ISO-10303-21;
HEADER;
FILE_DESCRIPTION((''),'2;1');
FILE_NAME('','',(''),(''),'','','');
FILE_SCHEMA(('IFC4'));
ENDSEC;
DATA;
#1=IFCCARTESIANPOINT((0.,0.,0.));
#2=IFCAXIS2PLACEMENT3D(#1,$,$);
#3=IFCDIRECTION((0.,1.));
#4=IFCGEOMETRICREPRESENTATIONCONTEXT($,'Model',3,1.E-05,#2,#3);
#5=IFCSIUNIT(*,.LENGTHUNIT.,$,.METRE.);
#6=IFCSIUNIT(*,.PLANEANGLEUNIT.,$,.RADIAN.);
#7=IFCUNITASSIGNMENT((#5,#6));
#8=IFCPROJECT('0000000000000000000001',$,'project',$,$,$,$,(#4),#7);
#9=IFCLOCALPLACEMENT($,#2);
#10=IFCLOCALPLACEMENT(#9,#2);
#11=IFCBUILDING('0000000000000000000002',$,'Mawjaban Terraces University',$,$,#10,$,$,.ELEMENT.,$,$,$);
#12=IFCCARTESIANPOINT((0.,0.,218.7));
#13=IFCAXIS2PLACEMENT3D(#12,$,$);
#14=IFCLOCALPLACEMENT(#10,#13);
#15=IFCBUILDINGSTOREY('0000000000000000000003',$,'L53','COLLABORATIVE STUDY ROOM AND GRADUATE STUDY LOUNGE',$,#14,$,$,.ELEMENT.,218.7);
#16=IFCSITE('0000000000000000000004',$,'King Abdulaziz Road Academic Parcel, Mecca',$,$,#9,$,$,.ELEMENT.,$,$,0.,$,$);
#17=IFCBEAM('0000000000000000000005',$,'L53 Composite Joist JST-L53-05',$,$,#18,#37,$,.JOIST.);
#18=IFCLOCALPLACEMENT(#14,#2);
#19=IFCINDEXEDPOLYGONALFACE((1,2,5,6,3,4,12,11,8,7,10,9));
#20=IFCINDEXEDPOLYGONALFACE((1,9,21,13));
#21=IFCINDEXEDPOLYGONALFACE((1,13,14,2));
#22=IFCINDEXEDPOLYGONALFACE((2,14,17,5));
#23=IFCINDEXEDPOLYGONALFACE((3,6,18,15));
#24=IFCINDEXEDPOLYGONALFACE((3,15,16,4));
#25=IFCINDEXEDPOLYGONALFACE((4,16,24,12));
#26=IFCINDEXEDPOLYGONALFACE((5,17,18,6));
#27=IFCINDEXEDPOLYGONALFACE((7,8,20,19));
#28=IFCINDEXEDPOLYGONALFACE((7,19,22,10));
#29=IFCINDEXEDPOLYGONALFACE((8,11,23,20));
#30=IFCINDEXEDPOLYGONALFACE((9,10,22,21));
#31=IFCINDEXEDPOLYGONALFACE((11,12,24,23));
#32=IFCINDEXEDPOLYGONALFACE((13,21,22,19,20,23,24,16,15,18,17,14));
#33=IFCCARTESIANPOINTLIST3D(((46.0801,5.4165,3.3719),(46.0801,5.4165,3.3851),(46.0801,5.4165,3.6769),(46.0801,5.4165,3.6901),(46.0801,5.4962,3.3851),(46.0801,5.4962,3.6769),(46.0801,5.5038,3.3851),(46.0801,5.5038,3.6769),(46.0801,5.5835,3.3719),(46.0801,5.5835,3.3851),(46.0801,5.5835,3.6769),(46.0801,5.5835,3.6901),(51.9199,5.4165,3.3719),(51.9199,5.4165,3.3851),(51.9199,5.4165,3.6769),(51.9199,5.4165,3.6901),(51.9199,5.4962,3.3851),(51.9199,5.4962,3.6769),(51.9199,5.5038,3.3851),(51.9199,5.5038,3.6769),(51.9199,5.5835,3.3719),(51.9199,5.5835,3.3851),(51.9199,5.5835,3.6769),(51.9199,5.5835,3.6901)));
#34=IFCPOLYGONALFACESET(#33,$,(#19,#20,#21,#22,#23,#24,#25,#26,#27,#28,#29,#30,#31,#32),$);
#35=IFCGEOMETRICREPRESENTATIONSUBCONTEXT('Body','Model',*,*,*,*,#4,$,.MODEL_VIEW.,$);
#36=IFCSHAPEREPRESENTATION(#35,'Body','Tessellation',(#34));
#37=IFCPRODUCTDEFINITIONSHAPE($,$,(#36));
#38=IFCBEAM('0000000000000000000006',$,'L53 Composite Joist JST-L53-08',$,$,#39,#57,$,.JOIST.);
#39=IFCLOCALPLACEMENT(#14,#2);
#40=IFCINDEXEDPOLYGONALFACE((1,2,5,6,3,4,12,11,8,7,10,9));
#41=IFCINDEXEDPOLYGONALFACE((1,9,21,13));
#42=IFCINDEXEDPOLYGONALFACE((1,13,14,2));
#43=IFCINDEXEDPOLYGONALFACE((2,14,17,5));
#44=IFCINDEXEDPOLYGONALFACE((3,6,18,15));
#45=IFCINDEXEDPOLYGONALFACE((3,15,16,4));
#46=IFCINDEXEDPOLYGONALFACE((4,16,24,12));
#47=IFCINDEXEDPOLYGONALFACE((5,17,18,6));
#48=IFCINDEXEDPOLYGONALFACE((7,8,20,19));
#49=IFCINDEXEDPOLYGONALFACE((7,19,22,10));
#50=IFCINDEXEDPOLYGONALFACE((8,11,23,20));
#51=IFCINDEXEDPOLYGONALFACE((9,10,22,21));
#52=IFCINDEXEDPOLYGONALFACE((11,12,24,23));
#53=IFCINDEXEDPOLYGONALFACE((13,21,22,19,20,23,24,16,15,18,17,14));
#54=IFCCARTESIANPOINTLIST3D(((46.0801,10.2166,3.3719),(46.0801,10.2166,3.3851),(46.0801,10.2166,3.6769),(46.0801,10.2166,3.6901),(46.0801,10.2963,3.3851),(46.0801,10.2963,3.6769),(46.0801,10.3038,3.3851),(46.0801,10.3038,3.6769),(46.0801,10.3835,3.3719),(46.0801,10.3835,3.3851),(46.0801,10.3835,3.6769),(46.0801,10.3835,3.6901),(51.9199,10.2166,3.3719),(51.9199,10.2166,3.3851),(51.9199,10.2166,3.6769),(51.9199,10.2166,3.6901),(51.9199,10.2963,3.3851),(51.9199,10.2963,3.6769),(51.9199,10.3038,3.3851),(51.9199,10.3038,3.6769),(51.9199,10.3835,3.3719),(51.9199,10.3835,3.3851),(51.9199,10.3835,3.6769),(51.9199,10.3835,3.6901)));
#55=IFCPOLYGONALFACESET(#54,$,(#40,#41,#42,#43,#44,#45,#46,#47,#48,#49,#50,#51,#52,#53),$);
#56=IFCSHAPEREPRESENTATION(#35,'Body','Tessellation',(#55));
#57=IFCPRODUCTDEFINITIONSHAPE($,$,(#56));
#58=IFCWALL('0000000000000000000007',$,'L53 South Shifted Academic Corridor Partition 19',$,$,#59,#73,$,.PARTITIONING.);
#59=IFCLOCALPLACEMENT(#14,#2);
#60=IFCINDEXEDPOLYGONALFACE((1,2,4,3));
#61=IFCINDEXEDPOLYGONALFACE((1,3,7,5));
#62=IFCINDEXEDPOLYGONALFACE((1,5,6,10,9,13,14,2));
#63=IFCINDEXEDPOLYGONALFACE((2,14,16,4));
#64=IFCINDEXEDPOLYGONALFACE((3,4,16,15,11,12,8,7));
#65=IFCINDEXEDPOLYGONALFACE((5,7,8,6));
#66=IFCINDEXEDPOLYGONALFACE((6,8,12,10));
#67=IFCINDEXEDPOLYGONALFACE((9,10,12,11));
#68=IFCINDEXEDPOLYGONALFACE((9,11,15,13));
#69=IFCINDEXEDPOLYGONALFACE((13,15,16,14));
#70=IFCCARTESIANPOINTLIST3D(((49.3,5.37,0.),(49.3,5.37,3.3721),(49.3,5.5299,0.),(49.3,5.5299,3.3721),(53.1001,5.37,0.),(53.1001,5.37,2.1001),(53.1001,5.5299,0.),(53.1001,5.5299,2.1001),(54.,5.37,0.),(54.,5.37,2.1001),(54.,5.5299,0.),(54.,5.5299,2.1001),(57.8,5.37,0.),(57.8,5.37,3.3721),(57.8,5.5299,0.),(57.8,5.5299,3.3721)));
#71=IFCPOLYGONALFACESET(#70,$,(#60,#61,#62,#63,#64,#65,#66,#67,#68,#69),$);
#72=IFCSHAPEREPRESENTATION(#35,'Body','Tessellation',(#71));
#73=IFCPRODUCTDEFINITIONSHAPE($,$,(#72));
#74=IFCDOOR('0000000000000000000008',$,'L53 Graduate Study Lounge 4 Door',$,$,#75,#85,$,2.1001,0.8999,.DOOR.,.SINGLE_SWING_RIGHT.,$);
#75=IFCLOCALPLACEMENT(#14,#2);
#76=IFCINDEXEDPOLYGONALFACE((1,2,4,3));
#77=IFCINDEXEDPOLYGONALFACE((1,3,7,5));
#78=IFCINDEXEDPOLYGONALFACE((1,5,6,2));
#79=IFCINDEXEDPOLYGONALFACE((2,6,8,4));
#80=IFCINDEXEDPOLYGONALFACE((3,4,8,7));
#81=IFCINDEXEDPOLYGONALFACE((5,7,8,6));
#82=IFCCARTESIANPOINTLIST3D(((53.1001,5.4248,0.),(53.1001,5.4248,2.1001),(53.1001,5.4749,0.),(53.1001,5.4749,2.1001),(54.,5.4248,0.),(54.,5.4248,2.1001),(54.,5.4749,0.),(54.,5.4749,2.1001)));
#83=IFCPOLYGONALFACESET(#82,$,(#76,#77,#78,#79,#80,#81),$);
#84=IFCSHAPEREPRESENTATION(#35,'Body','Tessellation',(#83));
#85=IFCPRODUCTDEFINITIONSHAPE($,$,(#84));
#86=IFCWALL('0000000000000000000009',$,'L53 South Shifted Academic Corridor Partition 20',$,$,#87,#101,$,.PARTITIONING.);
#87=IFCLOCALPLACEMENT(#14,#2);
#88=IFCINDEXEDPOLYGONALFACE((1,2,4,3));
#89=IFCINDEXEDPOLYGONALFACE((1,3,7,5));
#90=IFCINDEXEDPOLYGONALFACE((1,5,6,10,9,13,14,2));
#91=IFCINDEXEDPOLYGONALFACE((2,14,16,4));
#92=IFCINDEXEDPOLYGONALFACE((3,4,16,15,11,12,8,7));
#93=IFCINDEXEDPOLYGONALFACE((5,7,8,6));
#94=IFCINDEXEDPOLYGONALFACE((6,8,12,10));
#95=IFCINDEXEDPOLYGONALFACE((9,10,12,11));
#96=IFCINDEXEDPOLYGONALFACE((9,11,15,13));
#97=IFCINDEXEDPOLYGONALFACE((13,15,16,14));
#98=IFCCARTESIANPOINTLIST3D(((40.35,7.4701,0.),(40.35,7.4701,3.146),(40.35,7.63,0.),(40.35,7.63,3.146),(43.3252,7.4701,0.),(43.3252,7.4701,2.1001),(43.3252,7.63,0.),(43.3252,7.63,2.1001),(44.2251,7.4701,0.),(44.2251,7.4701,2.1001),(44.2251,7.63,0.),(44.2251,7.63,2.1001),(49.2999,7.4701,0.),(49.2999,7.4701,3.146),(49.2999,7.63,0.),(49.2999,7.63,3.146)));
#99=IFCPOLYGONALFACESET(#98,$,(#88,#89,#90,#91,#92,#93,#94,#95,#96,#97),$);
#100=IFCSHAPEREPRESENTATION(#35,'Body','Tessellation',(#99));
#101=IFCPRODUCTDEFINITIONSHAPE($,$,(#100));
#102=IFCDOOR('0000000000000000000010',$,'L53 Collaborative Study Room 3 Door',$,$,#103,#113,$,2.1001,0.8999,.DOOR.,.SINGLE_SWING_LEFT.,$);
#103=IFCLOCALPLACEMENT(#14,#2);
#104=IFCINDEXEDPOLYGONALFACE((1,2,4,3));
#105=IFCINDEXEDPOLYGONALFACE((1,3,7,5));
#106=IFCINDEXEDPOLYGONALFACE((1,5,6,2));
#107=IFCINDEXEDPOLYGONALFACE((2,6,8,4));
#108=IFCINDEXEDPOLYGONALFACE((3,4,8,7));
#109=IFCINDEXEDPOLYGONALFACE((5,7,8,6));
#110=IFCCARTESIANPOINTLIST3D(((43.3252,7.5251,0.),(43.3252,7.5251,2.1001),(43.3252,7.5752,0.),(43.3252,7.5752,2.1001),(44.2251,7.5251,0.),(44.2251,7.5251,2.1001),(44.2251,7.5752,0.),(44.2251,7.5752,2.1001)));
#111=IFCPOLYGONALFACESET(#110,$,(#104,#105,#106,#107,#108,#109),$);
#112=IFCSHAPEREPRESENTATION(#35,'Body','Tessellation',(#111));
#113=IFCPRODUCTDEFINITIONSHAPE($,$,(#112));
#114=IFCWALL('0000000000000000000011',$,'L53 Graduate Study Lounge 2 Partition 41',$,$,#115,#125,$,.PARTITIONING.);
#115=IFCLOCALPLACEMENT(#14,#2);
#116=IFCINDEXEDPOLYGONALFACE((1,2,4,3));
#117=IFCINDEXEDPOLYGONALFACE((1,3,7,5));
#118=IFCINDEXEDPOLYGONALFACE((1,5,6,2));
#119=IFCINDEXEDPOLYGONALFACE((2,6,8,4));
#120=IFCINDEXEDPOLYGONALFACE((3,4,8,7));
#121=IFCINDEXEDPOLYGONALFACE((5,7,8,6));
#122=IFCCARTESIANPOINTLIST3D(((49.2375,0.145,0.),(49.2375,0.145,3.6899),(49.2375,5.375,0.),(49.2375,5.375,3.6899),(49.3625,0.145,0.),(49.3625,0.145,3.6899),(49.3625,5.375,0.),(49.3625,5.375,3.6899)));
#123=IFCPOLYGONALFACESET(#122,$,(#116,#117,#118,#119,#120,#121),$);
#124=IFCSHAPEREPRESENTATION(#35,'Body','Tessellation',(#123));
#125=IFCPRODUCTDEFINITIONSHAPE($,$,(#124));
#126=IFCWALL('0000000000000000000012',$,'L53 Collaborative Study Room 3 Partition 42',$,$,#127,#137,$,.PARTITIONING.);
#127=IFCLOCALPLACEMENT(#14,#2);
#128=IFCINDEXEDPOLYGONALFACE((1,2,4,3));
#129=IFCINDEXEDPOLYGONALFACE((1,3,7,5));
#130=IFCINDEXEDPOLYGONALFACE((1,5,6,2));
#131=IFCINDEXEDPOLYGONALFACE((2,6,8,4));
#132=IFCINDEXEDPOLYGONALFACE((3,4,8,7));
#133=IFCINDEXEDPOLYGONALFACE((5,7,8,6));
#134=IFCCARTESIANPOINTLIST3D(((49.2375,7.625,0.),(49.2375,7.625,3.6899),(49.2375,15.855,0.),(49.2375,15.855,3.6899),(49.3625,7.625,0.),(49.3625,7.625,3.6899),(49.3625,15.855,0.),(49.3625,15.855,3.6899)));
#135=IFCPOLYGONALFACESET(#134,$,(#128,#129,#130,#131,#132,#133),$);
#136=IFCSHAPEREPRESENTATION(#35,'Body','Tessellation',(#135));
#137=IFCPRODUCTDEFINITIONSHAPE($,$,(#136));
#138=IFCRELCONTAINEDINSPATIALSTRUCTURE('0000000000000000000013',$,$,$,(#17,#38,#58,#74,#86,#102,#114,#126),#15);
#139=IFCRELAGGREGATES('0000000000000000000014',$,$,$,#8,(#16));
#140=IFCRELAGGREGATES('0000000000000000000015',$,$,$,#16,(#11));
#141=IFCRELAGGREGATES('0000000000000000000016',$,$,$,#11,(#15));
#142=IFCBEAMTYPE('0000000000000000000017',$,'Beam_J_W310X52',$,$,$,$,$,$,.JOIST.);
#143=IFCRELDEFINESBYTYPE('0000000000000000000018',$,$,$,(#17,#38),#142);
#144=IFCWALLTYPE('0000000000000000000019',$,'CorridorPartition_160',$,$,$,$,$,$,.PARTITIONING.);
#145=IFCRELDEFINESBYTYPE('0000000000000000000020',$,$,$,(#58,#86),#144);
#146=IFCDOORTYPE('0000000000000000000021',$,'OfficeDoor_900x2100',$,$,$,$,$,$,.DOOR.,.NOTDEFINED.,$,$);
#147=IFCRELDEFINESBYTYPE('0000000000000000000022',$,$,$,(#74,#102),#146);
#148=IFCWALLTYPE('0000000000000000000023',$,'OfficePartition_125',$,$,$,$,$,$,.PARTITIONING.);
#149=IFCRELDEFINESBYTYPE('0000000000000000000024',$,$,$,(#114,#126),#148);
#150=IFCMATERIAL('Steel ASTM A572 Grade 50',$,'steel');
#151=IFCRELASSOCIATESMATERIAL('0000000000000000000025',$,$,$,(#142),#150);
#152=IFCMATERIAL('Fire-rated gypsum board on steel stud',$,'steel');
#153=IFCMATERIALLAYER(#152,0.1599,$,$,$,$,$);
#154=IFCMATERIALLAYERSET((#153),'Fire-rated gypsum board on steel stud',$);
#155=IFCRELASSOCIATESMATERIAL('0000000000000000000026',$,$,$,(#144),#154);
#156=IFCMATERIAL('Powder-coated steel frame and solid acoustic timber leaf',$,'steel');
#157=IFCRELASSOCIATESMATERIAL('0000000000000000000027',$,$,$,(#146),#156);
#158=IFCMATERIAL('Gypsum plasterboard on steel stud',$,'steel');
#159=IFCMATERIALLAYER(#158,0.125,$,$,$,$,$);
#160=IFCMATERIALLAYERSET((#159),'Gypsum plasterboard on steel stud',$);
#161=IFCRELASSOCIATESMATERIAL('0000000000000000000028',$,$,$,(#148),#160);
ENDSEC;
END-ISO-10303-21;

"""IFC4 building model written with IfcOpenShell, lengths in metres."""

from ifc_helpers import new_model, si_unit, direction, frame, frame_2d, origin, origin_2d, place, context, subcontext, project, spatial, rectangle, i_section, extrude, material, layer, layer_set, material_profile, profile_set, type_object, element, fill, save


model = new_model("IFC4")

# Units and contexts
model_context = context("Model", 3, precision=1e-05, world=origin(), true_north=direction((0.0, 1.0)))
body_context = subcontext(model_context, "Body", "Model", "MODEL_VIEW")
ifc_project = project(units=[si_unit("LENGTHUNIT", "METRE"), si_unit("PLANEANGLEUNIT", "RADIAN")], contexts=[model_context])

# Site, building, storey
site_placement = place(None, origin())
site = spatial("IfcSite", under=ifc_project, at=site_placement, Name="King Abdulaziz Road Academic Parcel, Mecca", CompositionType="ELEMENT", RefElevation=0.0)
building_placement = place(site_placement, origin())
building = spatial("IfcBuilding", under=site, at=building_placement, Name="Mawjaban Terraces University", CompositionType="ELEMENT")
storey_placement = place(building_placement, frame((0.0, 0.0, 218.7)))
storey = spatial("IfcBuildingStorey", under=building, at=storey_placement, Name="L53", Description="COLLABORATIVE STUDY ROOM AND GRADUATE STUDY LOUNGE", CompositionType="ELEMENT", Elevation=218.7)

# Beams
ifc_material_1 = material(Name="Steel ASTM A572 Grade 50", Category="steel")
ifc_material_profile_1 = material_profile(ifc_material_1, i_section(OverallWidth=0.167, OverallDepth=0.3181, WebThickness=0.0076, FlangeThickness=0.0132, at=origin_2d()), Name="W310X52")
ifc_profile_set_1 = profile_set([ifc_material_profile_1], Name="Steel ASTM A572 Grade 50")
beam_type_1 = type_object("IfcBeamType", Name="Beam_J_W310X52", PredefinedType="JOIST", material=ifc_profile_set_1)
for number, where, z_axis, x_axis, name in (
    (1, (46.0801, 5.5, 3.531), (1.0, 0.0, 0.0), (0.0, 1.0, 0.0), "L53 Composite Joist JST-L53-05"),
    (2, (46.0801, 10.3, 3.531), (1.0, 0.0, 0.0), (0.0, 1.0, 0.0), "L53 Composite Joist JST-L53-08"),
):
    element("IfcBeam", number, at=place(storey_placement, frame(where, z_axis=z_axis, x_axis=x_axis)), inside=storey, type_object=beam_type_1, Name=name, PredefinedType="JOIST", context=body_context, shape_type="SweptSolid", body=[
        extrude(i_section(OverallWidth=0.167, OverallDepth=0.3181, WebThickness=0.0076, FlangeThickness=0.0132, at=origin_2d()), origin(), (0.0, 0.0, 1.0), 5.8398),
    ])

# Walls, openings, doors
ifc_material_2 = material(Name="Fire-rated gypsum board on steel stud", Category="steel")
ifc_layer_1 = layer(ifc_material_2, 0.1599)
ifc_layer_set_1 = layer_set([ifc_layer_1], Name="Fire-rated gypsum board on steel stud")
wall_type_1 = type_object("IfcWallType", Name="CorridorPartition_160", PredefinedType="PARTITIONING", material=ifc_layer_set_1)
wall_1_placement = place(storey_placement, frame((49.3, 5.45, 0.0), z_axis=(0.0, 0.0, 1.0), x_axis=(1.0, 0.0, 0.0)))
wall_1 = element("IfcWall", 3, at=wall_1_placement, inside=storey, type_object=wall_type_1, Name="L53 South Shifted Academic Corridor Partition 19", PredefinedType="PARTITIONING", context=body_context, shape_type="SweptSolid", body=[
    extrude(rectangle(XDim=8.5, YDim=0.1599, at=frame_2d((4.25, 0.0))), origin(), (0.0, 0.0, 1.0), 3.3721),
])
opening_1_placement = place(wall_1_placement, frame((3.8, 0.0, 0.0)))
opening_1 = element("IfcOpeningElement", 4, at=opening_1_placement, cuts=wall_1, PredefinedType="OPENING", context=body_context, shape_type="SweptSolid", body=[
    extrude(rectangle(XDim=0.8999, YDim=2.1001, at=frame_2d((0.45, 1.05))), frame((0.0, 0.0898, 0.0), z_axis=(0.0, -1.0, 0.0), x_axis=(1.0, 0.0, 0.0)), (0.0, 0.0, 1.0), 0.1799),
])
ifc_material_3 = material(Name="Powder-coated steel frame and solid acoustic timber leaf", Category="steel")
door_type = type_object("IfcDoorType", Name="OfficeDoor_900x2100", OperationType="NOTDEFINED", PredefinedType="DOOR", material=ifc_material_3)
door_1_placement = place(opening_1_placement, origin())
door_1 = element("IfcDoor", 5, at=door_1_placement, inside=storey, type_object=door_type, Name="L53 Graduate Study Lounge 4 Door", OperationType="SINGLE_SWING_RIGHT", OverallHeight=2.1001, OverallWidth=0.8999, PredefinedType="DOOR", context=body_context, shape_type="SweptSolid", body=[
    extrude(rectangle(XDim=0.8999, YDim=2.1001, at=frame_2d((0.45, 1.05))), frame((0.0, 0.0249, 0.0), z_axis=(0.0, -1.0, 0.0), x_axis=(1.0, 0.0, 0.0)), (0.0, 0.0, 1.0), 0.05),
])
fill(opening_1, door_1)
wall_2_placement = place(storey_placement, frame((49.3, 7.55, 0.0), z_axis=(0.0, 0.0, 1.0), x_axis=(-1.0, 0.0, 0.0)))
wall_2 = element("IfcWall", 6, at=wall_2_placement, inside=storey, type_object=wall_type_1, Name="L53 South Shifted Academic Corridor Partition 20", PredefinedType="PARTITIONING", context=body_context, shape_type="SweptSolid", body=[
    extrude(rectangle(XDim=8.95, YDim=0.1599, at=frame_2d((4.4751, 0.0))), origin(), (0.0, 0.0, 1.0), 3.146),
])
opening_2_placement = place(wall_2_placement, frame((5.075, 0.0, 0.0)))
opening_2 = element("IfcOpeningElement", 7, at=opening_2_placement, cuts=wall_2, PredefinedType="OPENING", context=body_context, shape_type="SweptSolid", body=[
    extrude(rectangle(XDim=0.8999, YDim=2.1001, at=frame_2d((0.45, 1.05))), frame((0.0, 0.0898, 0.0), z_axis=(0.0, -1.0, 0.0), x_axis=(1.0, 0.0, 0.0)), (0.0, 0.0, 1.0), 0.1799),
])
door_2_placement = place(opening_2_placement, origin())
door_2 = element("IfcDoor", 8, at=door_2_placement, inside=storey, type_object=door_type, Name="L53 Collaborative Study Room 3 Door", OperationType="SINGLE_SWING_LEFT", OverallHeight=2.1001, OverallWidth=0.8999, PredefinedType="DOOR", context=body_context, shape_type="SweptSolid", body=[
    extrude(rectangle(XDim=0.8999, YDim=2.1001, at=frame_2d((0.45, 1.05))), frame((0.0, 0.0249, 0.0), z_axis=(0.0, -1.0, 0.0), x_axis=(1.0, 0.0, 0.0)), (0.0, 0.0, 1.0), 0.05),
])
fill(opening_2, door_2)

# Walls
ifc_material_4 = material(Name="Gypsum plasterboard on steel stud", Category="steel")
ifc_layer_2 = layer(ifc_material_4, 0.125)
ifc_layer_set_2 = layer_set([ifc_layer_2], Name="Gypsum plasterboard on steel stud")
wall_type_2 = type_object("IfcWallType", Name="OfficePartition_125", PredefinedType="PARTITIONING", material=ifc_layer_set_2)
wall_3_placement = place(storey_placement, frame((49.3, 0.145, 0.0), z_axis=(0.0, 0.0, 1.0), x_axis=(0.0, 1.0, 0.0)))
element("IfcWall", 9, at=wall_3_placement, inside=storey, type_object=wall_type_2, Name="L53 Graduate Study Lounge 2 Partition 41", PredefinedType="PARTITIONING", context=body_context, shape_type="SweptSolid", body=[
    extrude(rectangle(XDim=5.23, YDim=0.125, at=frame_2d((2.615, 0.0))), origin(), (0.0, 0.0, 1.0), 3.6899),
])
wall_4_placement = place(storey_placement, frame((49.3, 7.625, 0.0), z_axis=(0.0, 0.0, 1.0), x_axis=(0.0, 1.0, 0.0)))
element("IfcWall", 10, at=wall_4_placement, inside=storey, type_object=wall_type_2, Name="L53 Collaborative Study Room 3 Partition 42", PredefinedType="PARTITIONING", context=body_context, shape_type="SweptSolid", body=[
    extrude(rectangle(XDim=8.23, YDim=0.125, at=frame_2d((4.115, 0.0))), origin(), (0.0, 0.0, 1.0), 3.6899),
])

save(model, "model.ifc")
